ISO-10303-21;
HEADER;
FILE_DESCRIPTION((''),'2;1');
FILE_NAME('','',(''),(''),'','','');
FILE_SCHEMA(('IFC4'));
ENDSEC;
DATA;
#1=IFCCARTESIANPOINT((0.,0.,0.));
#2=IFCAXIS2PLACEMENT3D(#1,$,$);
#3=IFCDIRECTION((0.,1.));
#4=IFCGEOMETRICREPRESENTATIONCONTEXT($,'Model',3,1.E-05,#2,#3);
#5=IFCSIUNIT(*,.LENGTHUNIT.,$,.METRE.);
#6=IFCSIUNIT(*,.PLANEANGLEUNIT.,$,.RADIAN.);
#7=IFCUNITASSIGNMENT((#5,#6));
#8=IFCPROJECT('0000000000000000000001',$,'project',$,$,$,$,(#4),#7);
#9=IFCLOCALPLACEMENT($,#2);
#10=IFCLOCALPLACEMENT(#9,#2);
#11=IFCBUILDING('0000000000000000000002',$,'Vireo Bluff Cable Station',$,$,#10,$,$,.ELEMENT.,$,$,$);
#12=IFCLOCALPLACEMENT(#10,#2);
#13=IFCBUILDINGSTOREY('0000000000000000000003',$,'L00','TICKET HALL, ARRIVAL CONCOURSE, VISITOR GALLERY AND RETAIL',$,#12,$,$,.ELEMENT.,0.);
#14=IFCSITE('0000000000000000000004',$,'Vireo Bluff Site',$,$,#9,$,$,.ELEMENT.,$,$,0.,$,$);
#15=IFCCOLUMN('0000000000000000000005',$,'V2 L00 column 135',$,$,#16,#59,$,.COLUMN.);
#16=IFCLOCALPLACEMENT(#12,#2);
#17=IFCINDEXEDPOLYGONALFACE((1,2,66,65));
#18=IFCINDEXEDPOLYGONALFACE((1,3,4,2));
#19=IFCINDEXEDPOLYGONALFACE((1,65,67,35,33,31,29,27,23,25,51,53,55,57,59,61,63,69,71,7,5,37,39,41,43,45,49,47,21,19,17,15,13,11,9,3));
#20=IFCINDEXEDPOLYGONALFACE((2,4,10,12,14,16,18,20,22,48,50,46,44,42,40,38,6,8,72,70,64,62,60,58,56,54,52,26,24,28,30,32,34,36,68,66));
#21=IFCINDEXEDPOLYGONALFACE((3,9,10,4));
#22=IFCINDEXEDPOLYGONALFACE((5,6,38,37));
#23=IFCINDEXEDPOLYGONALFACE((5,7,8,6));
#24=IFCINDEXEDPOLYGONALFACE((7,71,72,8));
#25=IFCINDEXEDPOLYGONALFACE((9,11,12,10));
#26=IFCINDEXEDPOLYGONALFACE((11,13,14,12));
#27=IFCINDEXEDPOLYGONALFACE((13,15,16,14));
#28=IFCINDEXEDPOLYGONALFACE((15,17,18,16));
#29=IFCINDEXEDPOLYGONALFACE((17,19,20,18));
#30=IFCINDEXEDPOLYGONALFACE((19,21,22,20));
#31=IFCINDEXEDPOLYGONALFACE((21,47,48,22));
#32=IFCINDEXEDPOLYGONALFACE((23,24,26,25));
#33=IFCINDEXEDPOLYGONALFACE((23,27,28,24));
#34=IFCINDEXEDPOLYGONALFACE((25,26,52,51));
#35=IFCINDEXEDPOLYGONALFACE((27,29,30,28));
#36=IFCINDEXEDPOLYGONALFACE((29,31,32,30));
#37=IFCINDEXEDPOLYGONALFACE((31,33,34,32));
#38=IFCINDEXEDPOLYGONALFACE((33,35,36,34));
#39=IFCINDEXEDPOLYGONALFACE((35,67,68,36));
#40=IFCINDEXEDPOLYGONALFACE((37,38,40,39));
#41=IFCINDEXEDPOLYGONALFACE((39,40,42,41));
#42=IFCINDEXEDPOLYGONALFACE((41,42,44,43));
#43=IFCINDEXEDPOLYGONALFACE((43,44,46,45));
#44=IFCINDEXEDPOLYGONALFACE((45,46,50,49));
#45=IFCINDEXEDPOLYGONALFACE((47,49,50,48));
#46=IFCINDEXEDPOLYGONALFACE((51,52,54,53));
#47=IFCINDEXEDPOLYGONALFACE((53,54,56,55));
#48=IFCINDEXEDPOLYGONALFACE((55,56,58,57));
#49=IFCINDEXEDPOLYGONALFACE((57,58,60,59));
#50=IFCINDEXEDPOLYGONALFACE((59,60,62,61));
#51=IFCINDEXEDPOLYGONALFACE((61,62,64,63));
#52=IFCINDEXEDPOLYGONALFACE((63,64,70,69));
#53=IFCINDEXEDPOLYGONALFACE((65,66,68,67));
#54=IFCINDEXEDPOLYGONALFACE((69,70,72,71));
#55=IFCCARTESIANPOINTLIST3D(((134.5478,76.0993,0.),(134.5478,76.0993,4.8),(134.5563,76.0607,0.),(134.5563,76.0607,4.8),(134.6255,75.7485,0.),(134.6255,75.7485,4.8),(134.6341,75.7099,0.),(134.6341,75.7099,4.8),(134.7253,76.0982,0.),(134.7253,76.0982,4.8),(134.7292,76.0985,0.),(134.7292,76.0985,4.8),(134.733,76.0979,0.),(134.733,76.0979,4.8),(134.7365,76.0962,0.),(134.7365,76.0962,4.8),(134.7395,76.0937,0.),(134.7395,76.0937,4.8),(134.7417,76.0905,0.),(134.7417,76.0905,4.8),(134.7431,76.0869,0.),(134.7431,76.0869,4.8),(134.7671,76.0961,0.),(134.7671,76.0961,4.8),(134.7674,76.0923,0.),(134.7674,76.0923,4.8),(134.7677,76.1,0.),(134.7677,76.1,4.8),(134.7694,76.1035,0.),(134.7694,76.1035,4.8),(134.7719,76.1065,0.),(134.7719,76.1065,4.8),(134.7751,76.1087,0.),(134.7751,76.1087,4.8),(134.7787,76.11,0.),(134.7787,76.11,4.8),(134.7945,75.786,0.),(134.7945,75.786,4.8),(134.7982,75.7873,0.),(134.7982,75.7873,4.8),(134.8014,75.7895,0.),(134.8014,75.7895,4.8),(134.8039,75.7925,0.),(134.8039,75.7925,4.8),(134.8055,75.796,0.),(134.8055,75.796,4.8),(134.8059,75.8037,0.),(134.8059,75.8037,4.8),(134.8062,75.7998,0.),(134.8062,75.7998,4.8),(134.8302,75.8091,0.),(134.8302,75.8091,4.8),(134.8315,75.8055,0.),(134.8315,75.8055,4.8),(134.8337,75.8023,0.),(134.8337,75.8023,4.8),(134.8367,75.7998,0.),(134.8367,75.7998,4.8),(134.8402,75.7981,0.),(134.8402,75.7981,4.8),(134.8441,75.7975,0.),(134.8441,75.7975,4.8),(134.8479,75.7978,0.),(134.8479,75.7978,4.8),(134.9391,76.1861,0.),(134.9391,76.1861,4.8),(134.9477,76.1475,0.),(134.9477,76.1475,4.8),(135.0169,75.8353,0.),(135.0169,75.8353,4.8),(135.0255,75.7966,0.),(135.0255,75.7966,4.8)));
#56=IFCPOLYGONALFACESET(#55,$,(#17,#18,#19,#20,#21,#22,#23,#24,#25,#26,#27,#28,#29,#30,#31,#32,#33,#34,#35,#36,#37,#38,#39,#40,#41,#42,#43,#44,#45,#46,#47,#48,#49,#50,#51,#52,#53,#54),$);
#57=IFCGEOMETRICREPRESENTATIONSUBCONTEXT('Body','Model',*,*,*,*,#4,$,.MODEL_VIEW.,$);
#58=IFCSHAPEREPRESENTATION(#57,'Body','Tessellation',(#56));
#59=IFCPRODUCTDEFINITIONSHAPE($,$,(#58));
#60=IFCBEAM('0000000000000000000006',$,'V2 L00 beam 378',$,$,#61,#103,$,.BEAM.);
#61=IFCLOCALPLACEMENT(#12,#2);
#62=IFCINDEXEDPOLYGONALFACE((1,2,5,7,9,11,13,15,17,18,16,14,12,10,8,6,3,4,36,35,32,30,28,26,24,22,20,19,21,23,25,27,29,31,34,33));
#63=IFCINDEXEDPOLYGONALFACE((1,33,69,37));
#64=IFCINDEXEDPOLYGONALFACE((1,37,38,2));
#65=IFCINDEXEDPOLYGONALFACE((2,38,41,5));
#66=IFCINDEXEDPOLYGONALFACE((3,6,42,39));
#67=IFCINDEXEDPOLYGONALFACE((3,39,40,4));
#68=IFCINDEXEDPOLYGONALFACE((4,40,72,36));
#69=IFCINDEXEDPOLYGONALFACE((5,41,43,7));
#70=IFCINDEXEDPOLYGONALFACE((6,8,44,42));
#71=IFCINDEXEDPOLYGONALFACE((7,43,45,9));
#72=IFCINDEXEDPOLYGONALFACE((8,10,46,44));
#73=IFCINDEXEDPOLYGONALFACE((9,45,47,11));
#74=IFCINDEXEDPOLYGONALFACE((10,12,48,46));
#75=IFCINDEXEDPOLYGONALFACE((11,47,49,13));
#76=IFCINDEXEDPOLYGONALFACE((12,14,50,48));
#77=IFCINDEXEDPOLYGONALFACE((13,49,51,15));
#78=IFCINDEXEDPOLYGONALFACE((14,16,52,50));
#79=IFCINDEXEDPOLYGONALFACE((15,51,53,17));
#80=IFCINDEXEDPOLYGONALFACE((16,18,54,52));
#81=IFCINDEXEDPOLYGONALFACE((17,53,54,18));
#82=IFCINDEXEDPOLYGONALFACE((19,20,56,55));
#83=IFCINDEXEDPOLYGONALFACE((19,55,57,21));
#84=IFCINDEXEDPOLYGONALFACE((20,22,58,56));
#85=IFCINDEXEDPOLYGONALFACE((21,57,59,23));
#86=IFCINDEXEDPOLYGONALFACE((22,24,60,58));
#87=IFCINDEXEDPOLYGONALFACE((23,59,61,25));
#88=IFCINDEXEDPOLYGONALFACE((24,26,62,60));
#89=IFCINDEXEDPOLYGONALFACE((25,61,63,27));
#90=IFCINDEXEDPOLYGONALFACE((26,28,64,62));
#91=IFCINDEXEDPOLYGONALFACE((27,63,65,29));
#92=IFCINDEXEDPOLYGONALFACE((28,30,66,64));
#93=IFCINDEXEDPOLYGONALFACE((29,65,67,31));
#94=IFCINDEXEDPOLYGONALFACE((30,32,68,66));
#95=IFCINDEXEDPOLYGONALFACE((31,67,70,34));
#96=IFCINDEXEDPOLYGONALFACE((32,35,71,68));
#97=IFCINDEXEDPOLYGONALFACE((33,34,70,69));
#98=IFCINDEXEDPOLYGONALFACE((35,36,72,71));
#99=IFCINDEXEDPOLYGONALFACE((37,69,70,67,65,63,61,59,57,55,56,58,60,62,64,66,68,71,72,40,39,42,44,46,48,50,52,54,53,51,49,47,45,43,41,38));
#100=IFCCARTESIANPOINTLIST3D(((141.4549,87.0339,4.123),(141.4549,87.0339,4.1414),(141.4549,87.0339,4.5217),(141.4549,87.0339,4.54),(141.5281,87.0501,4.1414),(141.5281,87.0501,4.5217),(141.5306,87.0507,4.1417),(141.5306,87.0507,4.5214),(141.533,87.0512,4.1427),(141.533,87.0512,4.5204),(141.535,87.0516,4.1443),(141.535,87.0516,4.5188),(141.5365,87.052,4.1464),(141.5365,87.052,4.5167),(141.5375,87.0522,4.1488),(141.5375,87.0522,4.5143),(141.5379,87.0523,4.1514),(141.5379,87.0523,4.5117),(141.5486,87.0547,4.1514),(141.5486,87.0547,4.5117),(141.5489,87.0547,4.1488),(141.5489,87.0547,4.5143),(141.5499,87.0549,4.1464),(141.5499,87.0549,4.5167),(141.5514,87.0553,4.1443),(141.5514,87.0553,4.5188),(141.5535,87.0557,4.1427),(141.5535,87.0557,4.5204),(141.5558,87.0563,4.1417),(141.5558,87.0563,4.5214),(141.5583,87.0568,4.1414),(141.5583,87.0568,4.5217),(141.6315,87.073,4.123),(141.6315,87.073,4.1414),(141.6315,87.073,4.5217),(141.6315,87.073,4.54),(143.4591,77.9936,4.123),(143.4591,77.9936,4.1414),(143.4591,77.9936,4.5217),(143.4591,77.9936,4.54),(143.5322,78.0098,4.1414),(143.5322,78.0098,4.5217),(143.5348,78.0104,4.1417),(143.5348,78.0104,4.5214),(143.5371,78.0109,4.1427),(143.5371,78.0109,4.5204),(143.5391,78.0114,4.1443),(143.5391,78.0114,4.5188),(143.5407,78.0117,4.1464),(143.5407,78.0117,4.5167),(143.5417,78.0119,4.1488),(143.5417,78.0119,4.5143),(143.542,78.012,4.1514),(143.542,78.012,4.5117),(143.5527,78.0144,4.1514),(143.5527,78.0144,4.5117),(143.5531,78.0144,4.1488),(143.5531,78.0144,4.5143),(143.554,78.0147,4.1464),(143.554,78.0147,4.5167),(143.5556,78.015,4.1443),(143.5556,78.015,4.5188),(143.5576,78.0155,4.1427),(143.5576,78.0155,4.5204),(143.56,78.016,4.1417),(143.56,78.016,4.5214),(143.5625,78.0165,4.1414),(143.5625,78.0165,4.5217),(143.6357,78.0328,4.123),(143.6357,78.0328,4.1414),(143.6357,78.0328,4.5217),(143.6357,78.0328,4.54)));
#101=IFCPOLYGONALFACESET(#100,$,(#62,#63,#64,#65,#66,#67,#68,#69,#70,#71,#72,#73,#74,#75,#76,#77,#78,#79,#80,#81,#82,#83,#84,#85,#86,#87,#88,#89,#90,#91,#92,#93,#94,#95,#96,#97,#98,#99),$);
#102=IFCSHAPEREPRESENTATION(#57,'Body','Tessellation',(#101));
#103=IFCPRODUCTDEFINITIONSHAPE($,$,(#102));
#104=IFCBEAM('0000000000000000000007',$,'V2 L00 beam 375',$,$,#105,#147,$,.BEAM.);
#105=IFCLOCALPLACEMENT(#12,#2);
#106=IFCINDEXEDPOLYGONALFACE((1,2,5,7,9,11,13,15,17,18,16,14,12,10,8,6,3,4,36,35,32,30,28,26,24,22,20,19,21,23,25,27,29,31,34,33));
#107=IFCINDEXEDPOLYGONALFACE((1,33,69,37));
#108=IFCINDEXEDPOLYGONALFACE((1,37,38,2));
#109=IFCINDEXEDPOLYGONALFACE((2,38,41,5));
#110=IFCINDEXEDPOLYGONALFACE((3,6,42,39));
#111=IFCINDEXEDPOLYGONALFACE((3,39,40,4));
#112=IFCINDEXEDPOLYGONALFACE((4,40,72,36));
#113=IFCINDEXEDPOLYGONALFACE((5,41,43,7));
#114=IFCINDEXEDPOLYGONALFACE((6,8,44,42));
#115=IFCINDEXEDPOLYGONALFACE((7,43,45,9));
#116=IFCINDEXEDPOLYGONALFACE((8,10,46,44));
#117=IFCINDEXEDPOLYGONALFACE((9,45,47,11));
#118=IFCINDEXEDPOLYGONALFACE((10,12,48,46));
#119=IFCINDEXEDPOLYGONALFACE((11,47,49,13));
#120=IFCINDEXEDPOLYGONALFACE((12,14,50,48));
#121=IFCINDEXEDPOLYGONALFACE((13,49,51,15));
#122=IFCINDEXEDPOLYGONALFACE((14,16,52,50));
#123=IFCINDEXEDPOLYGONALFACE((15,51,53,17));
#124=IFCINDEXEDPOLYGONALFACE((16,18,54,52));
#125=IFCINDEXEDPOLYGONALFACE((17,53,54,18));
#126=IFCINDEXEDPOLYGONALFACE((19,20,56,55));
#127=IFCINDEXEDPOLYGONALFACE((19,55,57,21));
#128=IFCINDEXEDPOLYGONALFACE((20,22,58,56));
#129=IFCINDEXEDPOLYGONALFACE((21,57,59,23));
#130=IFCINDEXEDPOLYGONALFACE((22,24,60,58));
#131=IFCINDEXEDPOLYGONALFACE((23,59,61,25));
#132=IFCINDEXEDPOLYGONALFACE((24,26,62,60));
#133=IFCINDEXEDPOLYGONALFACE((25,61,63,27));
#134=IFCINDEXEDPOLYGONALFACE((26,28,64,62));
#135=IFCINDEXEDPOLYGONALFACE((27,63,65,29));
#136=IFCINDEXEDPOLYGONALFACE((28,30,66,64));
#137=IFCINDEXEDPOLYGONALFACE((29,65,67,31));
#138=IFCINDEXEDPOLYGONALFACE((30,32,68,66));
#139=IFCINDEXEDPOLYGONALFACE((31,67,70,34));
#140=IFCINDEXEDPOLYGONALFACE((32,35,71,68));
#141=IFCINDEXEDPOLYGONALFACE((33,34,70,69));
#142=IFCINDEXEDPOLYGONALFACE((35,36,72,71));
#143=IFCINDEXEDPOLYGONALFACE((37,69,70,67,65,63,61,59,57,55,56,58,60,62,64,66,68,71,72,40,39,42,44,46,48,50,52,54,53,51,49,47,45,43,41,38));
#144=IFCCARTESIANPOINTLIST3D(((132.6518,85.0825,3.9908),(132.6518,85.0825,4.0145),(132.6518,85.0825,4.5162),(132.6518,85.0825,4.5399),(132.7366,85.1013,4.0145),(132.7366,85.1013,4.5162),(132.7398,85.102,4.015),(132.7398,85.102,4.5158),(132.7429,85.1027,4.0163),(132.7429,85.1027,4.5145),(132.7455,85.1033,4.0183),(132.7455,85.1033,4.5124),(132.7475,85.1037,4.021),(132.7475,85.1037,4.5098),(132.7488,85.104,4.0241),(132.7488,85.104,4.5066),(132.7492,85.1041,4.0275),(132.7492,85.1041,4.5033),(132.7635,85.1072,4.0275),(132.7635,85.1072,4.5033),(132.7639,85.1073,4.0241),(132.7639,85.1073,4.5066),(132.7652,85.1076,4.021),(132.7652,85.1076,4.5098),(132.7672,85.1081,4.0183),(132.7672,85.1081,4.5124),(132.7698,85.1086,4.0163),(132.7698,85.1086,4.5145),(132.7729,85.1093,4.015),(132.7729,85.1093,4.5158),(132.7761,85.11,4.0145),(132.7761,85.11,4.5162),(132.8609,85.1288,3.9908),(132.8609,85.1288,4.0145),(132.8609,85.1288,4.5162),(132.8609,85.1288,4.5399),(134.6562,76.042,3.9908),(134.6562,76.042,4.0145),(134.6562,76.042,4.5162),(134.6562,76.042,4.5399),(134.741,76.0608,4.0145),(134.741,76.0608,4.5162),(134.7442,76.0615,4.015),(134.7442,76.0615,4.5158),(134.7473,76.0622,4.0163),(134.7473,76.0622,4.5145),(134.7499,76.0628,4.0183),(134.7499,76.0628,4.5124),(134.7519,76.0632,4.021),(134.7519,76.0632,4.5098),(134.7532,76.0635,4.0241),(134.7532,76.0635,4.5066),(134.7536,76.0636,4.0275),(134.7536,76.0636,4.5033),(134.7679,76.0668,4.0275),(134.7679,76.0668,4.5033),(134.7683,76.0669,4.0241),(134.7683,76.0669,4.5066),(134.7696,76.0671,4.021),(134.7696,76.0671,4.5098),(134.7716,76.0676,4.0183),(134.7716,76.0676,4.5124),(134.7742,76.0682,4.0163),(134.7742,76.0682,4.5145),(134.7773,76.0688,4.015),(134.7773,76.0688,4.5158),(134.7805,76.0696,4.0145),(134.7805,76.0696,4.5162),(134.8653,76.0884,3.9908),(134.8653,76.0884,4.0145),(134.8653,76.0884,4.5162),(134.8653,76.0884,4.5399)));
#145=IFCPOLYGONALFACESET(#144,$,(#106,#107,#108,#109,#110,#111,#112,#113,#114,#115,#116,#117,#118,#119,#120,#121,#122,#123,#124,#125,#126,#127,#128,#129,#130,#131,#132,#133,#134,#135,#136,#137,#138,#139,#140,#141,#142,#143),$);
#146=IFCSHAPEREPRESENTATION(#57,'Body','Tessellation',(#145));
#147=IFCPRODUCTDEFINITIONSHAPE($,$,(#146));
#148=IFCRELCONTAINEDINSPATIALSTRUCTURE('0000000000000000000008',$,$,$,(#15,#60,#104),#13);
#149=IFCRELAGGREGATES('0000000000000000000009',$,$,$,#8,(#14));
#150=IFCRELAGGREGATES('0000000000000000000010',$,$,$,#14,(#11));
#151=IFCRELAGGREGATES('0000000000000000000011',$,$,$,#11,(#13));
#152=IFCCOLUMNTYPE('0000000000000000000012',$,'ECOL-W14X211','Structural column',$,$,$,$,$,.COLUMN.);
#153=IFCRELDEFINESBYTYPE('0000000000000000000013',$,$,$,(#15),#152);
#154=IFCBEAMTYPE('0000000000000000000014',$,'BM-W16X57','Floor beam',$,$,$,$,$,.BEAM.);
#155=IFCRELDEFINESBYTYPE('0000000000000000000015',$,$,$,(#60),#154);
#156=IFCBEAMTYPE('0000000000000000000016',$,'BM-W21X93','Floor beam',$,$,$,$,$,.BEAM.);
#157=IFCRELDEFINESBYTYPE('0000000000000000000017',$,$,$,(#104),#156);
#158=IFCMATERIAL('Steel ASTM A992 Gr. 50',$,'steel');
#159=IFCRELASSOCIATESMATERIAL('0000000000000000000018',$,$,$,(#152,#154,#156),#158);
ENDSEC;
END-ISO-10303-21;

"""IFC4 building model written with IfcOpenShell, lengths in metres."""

from ifc_helpers import new_model, si_unit, direction, frame, origin, origin_2d, place, context, subcontext, project, spatial, i_section, extrude, material, material_profile, profile_set, type_object, element, save


model = new_model("IFC4")

# Units and contexts
model_context = context("Model", 3, precision=1e-05, world=origin(), true_north=direction((0.0, 1.0)))
body_context = subcontext(model_context, "Body", "Model", "MODEL_VIEW")
ifc_project = project(units=[si_unit("LENGTHUNIT", "METRE"), si_unit("PLANEANGLEUNIT", "RADIAN")], contexts=[model_context])

# Site, building, storey
site_placement = place(None, origin())
site = spatial("IfcSite", under=ifc_project, at=site_placement, Name="Vireo Bluff Site", CompositionType="ELEMENT", RefElevation=0.0)
building_placement = place(site_placement, origin())
building = spatial("IfcBuilding", under=site, at=building_placement, Name="Vireo Bluff Cable Station", CompositionType="ELEMENT")
storey_placement = place(building_placement, origin())
storey = spatial("IfcBuildingStorey", under=building, at=storey_placement, Name="L00", Description="TICKET HALL, ARRIVAL CONCOURSE, VISITOR GALLERY AND RETAIL", CompositionType="ELEMENT", Elevation=0.0)

# Column
ifc_material_1 = material(Name="Steel ASTM A992 Gr. 50", Category="steel")
ifc_material_profile_1 = material_profile(ifc_material_1, i_section(OverallWidth=0.4009, OverallDepth=0.3989, WebThickness=0.0249, FlangeThickness=0.0396, FilletRadius=0.0149, at=origin_2d()), Name="W14X211")
ifc_profile_set_1 = profile_set([ifc_material_profile_1], Name="Steel ASTM A992 Gr. 50")
column_type_1 = type_object("IfcColumnType", Name="ECOL-W14X211", Description="Structural column", PredefinedType="COLUMN", material=ifc_profile_set_1)
column_1_placement = place(storey_placement, frame((134.7866, 75.948, 0.0), z_axis=(0.0, 0.0, 1.0), x_axis=(0.976296, 0.21644, 0.0)))
element("IfcColumn", 1, at=column_1_placement, inside=storey, type_object=column_type_1, Name="V2 L00 column 135", PredefinedType="COLUMN", context=body_context, shape_type="SweptSolid", body=[
    extrude(i_section(OverallWidth=0.4009, OverallDepth=0.3989, WebThickness=0.0249, FlangeThickness=0.0396, FilletRadius=0.0149, at=origin_2d()), origin(), (0.0, 0.0, 1.0), 4.8),
])

# Beams
ifc_material_profile_2 = material_profile(ifc_material_1, i_section(OverallWidth=0.1809, OverallDepth=0.417, WebThickness=0.011, FlangeThickness=0.0183, FilletRadius=0.01, at=origin_2d()), Name="W16X57")
ifc_profile_set_2 = profile_set([ifc_material_profile_2], Name="Steel ASTM A992 Gr. 50")
beam_type_1 = type_object("IfcBeamType", Name="BM-W16X57", Description="Floor beam", PredefinedType="BEAM", material=ifc_profile_set_2)
beam_1_placement = place(storey_placement, frame((143.5474, 78.0132, 4.3315), z_axis=(-0.216436, 0.976297, 0.0), x_axis=(-0.976297, -0.216436, 0.0)))
element("IfcBeam", 2, at=beam_1_placement, inside=storey, type_object=beam_type_1, Name="V2 L00 beam 378", PredefinedType="BEAM", context=body_context, shape_type="SweptSolid", body=[
    extrude(i_section(OverallWidth=0.1809, OverallDepth=0.417, WebThickness=0.011, FlangeThickness=0.0183, FilletRadius=0.01, at=origin_2d()), origin(), (0.0, 0.0, 1.0), 9.2598),
])
ifc_material_profile_3 = material_profile(ifc_material_1, i_section(OverallWidth=0.2141, OverallDepth=0.5491, WebThickness=0.0146, FlangeThickness=0.0237, FilletRadius=0.0129, at=origin_2d()), Name="W21X93")
ifc_profile_set_3 = profile_set([ifc_material_profile_3], Name="Steel ASTM A992 Gr. 50")
beam_type_2 = type_object("IfcBeamType", Name="BM-W21X93", Description="Floor beam", PredefinedType="BEAM", material=ifc_profile_set_3)
beam_2_placement = place(storey_placement, frame((134.7607, 76.0652, 4.2654), z_axis=(-0.216456, 0.976292, 0.0), x_axis=(-0.976292, -0.216456, 0.0)))
element("IfcBeam", 3, at=beam_2_placement, inside=storey, type_object=beam_type_2, Name="V2 L00 beam 375", PredefinedType="BEAM", context=body_context, shape_type="SweptSolid", body=[
    extrude(i_section(OverallWidth=0.2141, OverallDepth=0.5491, WebThickness=0.0146, FlangeThickness=0.0237, FilletRadius=0.0129, at=origin_2d()), origin(), (0.0, 0.0, 1.0), 9.26),
])

save(model, "model.ifc")
